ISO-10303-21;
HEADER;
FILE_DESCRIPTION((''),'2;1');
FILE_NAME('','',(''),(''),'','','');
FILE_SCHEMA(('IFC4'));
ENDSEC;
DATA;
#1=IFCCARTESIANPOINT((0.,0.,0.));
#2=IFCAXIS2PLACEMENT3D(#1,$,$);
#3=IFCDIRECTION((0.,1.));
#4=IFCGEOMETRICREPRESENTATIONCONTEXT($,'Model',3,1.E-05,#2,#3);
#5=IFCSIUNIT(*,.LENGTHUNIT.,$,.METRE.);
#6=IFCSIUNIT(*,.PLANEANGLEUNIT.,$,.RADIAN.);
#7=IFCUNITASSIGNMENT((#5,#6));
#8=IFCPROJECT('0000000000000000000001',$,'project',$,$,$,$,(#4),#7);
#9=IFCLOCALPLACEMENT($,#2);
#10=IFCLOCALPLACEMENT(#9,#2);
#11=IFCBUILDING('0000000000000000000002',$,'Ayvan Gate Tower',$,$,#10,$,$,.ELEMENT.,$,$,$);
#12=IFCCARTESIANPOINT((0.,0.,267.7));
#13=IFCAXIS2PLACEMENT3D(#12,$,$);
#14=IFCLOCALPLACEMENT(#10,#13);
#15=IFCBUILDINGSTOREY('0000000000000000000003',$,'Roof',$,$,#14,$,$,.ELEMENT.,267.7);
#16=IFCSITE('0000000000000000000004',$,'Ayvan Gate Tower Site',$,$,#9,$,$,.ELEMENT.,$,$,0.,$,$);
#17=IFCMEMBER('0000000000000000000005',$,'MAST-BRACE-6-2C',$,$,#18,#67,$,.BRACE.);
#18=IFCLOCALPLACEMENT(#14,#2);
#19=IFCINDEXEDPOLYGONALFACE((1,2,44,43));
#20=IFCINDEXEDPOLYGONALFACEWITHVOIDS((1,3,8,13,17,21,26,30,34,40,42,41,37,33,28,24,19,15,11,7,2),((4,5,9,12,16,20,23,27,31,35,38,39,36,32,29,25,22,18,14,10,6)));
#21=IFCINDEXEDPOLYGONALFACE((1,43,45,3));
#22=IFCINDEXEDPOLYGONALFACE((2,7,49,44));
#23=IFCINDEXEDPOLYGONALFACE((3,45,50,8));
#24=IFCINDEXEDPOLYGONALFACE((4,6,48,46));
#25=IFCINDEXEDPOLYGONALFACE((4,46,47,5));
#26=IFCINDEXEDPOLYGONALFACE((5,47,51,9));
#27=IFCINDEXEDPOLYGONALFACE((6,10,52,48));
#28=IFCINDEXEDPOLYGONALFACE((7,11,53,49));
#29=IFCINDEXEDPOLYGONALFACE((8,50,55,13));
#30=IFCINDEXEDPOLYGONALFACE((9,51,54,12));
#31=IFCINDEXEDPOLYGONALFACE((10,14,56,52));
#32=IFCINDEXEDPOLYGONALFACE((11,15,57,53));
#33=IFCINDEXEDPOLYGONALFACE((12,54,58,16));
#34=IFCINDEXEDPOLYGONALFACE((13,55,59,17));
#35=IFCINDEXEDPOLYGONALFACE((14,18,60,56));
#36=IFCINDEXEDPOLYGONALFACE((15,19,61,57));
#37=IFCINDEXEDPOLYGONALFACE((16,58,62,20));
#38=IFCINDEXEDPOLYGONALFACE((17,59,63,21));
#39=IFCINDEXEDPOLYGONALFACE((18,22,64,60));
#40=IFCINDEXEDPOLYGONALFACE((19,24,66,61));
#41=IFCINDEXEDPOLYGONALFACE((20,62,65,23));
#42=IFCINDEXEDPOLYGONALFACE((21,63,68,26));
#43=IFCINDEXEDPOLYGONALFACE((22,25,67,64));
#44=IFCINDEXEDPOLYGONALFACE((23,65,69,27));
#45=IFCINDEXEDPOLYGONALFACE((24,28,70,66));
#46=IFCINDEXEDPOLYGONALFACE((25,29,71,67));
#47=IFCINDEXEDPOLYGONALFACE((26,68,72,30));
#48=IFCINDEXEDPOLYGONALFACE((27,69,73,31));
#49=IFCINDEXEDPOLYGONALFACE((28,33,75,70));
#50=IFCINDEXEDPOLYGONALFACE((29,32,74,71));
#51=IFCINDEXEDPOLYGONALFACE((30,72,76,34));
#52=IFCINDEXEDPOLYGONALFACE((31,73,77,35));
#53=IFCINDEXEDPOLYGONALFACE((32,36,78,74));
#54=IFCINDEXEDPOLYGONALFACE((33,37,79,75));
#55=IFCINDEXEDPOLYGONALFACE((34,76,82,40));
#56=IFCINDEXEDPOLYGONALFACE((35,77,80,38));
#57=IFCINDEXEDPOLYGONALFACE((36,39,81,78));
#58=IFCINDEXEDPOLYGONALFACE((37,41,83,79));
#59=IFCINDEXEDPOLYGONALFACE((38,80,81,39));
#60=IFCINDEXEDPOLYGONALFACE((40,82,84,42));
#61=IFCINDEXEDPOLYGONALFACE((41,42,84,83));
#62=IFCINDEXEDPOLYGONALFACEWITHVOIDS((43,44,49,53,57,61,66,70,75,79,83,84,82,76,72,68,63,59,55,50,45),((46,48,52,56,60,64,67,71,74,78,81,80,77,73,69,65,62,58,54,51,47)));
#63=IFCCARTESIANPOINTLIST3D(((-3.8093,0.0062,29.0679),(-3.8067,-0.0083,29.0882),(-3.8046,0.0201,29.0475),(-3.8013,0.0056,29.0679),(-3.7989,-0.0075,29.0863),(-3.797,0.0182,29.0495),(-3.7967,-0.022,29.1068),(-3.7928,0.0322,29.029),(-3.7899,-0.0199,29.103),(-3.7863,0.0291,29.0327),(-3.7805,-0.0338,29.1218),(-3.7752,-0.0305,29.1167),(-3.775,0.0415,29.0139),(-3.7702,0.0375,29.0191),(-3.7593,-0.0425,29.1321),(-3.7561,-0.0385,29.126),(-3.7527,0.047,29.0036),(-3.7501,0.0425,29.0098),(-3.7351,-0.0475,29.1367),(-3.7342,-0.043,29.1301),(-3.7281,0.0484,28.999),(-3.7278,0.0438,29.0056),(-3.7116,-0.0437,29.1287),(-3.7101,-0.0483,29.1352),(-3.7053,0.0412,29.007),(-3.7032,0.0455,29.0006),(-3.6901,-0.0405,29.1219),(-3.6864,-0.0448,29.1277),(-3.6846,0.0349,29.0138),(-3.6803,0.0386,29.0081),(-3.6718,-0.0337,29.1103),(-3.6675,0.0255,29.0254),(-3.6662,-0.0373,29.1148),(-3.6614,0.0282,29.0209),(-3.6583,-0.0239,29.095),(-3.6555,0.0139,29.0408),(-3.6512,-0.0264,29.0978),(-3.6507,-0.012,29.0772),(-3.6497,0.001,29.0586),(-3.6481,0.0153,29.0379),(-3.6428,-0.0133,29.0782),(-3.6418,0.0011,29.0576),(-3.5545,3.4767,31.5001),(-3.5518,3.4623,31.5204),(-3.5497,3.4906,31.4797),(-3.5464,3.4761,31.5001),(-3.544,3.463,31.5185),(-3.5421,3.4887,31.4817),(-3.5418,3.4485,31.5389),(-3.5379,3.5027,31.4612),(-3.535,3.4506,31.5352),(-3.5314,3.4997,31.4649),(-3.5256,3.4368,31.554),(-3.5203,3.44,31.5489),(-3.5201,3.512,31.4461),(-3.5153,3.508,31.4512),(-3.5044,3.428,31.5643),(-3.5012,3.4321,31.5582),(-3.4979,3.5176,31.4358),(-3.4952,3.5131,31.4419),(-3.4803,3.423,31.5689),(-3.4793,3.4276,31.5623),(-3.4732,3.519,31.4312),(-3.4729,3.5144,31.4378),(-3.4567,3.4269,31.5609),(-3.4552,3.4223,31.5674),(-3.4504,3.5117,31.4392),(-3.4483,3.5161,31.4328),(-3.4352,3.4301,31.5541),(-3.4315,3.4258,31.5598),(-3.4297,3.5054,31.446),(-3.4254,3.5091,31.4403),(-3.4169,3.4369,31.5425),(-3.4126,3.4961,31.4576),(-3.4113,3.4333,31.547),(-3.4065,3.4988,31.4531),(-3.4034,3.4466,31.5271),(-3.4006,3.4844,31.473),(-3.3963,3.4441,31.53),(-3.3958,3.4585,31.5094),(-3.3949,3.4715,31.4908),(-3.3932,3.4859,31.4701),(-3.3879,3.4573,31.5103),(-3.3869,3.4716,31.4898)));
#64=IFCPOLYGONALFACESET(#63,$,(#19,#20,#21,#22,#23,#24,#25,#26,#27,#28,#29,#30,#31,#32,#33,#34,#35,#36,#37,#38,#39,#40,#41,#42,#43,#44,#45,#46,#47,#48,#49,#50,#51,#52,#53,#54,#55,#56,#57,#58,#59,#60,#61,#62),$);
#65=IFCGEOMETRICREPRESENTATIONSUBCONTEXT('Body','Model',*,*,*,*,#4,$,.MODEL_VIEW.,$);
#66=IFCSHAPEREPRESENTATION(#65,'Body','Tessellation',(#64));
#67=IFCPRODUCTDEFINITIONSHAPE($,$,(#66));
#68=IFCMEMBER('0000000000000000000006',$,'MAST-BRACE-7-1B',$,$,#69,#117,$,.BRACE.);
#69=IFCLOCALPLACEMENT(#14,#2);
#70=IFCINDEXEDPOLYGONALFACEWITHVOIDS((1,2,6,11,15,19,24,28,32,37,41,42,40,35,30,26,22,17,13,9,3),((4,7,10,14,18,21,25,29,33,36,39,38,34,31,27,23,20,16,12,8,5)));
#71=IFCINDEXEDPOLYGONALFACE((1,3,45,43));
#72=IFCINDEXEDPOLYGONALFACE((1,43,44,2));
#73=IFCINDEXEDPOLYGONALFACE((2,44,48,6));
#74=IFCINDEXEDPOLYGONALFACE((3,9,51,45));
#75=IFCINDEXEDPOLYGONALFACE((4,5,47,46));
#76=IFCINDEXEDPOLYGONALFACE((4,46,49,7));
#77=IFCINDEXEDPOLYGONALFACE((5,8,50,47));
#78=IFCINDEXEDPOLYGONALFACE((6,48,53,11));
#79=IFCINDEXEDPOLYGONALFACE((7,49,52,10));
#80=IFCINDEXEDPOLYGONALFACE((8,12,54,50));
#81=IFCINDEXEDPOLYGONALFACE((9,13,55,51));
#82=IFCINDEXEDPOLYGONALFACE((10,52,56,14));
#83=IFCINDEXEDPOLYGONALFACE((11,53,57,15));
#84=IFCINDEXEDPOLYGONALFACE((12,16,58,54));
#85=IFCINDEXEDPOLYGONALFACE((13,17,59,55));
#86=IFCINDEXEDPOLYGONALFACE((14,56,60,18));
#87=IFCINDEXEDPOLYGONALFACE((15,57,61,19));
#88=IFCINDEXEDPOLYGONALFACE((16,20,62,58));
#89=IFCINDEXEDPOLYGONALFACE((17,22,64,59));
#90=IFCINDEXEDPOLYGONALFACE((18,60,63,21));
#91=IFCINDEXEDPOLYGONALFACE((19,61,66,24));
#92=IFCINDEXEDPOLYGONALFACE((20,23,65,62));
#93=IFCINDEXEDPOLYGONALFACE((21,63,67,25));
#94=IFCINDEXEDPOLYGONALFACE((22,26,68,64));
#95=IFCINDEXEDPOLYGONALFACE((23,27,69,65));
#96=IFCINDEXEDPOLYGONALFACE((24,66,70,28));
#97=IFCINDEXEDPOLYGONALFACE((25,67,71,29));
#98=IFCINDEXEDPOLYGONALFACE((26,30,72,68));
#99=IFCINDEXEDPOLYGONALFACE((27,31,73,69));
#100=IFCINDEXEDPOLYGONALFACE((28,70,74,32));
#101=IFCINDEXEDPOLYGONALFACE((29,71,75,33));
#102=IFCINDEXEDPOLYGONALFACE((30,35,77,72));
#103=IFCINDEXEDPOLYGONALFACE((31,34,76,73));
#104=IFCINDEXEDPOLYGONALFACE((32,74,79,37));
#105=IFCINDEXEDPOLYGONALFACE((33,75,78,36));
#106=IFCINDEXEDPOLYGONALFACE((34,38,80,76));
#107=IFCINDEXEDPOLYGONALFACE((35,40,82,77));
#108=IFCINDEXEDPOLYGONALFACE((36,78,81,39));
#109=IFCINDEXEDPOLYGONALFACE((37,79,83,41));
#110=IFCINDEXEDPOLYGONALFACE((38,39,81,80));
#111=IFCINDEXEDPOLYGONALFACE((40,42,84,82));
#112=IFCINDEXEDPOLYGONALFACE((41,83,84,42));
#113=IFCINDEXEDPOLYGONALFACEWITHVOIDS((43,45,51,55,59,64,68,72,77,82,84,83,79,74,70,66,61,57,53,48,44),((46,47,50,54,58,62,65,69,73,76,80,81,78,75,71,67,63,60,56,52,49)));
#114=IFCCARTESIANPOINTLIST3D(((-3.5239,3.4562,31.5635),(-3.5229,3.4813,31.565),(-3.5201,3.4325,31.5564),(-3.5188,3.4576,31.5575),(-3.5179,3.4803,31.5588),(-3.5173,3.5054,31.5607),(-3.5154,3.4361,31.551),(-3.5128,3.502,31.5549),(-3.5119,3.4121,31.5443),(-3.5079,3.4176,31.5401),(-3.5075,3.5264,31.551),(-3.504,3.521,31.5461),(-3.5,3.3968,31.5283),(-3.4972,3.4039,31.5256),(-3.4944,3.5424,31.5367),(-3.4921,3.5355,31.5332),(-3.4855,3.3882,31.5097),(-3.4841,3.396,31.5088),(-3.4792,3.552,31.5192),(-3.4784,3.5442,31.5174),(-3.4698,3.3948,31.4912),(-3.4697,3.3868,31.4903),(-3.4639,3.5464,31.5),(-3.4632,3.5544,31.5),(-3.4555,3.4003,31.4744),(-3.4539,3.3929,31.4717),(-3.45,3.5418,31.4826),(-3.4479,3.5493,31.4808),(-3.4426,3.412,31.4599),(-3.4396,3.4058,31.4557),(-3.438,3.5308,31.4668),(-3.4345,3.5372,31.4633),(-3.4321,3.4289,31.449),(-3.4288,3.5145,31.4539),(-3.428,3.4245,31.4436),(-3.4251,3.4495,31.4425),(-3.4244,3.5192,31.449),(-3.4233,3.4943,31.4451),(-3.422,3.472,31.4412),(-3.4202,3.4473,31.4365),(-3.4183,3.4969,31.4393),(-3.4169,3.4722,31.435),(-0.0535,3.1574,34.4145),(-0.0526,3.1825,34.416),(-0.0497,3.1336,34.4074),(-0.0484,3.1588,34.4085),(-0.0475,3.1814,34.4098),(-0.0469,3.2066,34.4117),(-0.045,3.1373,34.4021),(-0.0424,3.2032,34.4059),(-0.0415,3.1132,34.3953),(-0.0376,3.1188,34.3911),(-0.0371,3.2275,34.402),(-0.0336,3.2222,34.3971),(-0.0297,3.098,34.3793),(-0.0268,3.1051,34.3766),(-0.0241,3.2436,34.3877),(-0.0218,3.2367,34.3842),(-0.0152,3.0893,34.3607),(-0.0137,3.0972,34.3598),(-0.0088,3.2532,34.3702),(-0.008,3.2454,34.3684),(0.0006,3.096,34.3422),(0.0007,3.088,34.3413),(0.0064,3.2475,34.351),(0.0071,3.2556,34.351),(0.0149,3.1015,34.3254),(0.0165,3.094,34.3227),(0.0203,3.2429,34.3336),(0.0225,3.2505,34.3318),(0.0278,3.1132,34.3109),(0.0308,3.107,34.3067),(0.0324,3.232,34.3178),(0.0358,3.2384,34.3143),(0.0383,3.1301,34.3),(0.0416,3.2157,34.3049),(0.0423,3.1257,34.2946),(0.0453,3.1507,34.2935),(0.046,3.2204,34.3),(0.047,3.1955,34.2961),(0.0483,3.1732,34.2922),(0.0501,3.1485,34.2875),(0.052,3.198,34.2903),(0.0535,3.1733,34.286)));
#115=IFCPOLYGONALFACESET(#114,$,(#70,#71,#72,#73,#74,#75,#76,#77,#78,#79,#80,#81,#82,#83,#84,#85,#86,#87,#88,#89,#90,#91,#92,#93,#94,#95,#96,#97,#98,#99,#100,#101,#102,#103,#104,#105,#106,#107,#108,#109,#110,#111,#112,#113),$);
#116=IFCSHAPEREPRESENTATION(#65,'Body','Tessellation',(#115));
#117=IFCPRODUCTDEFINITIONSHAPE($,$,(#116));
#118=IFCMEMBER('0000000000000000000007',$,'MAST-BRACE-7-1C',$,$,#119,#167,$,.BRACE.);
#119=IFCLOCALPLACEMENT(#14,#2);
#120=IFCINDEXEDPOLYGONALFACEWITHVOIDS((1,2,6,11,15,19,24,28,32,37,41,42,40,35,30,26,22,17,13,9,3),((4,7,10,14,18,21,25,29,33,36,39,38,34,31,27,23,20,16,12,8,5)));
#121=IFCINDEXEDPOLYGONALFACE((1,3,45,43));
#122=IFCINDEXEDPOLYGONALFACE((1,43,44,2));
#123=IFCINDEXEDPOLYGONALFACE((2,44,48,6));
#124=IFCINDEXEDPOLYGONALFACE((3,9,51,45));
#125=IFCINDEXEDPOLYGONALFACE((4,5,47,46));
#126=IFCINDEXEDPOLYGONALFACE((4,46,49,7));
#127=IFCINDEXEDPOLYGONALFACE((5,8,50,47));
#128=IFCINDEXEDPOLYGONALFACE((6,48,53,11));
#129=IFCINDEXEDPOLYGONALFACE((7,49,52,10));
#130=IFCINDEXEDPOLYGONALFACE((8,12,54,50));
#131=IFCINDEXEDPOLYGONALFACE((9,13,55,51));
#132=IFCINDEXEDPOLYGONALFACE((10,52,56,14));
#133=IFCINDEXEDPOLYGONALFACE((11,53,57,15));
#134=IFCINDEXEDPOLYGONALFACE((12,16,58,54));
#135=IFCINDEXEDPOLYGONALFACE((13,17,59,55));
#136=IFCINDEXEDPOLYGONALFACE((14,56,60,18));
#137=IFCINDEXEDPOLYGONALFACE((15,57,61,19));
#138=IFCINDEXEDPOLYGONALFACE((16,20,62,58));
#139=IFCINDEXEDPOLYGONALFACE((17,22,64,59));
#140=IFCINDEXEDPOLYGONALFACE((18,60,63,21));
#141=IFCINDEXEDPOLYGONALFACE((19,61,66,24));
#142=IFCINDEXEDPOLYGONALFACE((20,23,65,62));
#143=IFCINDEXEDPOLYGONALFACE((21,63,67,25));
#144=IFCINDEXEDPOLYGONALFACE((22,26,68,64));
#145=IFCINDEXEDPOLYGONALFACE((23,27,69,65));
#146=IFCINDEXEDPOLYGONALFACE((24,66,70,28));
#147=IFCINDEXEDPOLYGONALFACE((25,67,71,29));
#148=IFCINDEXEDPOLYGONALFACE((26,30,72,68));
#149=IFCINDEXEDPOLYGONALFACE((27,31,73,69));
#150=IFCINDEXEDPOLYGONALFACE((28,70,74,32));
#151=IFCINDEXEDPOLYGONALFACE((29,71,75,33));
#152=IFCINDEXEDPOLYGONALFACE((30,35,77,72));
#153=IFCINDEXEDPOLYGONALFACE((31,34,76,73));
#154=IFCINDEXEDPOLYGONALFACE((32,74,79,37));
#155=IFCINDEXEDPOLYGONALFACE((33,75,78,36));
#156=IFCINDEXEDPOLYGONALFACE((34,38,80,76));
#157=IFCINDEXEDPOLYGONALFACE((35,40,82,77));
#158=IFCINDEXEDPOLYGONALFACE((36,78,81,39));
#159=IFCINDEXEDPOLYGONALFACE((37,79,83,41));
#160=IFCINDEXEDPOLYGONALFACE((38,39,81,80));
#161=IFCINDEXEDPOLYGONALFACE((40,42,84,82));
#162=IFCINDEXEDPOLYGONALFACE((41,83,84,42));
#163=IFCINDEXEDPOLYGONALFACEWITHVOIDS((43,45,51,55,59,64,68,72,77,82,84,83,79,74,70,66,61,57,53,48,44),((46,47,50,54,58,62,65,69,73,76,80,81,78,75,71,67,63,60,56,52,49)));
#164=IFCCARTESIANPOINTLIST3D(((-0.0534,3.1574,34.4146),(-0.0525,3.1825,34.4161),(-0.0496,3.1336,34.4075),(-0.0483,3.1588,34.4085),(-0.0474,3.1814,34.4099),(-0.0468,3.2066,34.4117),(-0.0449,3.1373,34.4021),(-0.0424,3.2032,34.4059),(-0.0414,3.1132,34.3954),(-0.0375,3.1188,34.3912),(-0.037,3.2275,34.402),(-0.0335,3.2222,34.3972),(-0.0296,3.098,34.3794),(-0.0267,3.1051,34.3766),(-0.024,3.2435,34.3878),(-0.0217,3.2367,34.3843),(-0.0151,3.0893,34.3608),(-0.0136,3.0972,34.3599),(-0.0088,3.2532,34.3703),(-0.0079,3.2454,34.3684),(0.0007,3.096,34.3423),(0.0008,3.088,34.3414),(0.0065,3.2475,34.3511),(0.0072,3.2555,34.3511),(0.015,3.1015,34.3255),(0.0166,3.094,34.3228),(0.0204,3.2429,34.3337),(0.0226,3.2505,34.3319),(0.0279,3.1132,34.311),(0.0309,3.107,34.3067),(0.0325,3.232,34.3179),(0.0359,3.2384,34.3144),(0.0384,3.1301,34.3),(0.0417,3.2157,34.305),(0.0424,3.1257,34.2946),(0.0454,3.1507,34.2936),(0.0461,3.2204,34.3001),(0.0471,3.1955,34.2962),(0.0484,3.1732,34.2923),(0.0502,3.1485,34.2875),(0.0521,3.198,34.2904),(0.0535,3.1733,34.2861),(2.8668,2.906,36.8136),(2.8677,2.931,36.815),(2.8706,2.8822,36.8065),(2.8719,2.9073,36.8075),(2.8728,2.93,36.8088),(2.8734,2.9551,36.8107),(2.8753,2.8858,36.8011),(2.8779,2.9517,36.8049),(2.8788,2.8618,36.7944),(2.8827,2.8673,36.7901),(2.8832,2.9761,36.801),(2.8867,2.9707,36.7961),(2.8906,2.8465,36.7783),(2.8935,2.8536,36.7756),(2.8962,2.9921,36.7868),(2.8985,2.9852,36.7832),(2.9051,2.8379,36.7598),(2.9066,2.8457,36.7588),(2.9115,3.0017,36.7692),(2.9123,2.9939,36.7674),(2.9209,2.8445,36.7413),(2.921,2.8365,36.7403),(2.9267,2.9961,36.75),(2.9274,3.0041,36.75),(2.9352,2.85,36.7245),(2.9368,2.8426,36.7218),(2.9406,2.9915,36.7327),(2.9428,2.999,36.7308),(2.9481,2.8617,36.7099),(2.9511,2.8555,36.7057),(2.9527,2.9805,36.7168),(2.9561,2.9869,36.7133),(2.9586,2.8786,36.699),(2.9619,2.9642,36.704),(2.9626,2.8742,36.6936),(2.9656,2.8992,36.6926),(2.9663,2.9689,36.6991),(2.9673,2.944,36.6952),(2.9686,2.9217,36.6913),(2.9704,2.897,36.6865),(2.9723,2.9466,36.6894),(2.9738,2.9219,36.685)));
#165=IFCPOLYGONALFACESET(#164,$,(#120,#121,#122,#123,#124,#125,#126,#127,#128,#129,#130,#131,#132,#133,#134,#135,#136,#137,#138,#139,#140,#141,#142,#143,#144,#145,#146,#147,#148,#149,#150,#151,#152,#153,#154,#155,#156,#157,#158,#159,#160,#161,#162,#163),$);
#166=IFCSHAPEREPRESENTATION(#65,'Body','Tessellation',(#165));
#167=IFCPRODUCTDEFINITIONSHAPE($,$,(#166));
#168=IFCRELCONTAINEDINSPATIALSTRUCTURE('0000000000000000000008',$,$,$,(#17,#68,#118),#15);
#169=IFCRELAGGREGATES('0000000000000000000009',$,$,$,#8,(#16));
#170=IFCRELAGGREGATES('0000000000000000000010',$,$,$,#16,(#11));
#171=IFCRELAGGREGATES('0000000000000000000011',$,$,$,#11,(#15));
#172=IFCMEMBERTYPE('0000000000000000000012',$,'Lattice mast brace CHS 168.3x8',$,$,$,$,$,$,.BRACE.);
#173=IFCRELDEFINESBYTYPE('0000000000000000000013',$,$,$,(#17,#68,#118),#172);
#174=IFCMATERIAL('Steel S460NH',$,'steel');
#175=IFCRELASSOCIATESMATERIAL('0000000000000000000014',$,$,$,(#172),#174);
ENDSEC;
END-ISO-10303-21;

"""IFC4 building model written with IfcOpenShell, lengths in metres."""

from ifc_helpers import new_model, si_unit, direction, frame, origin, origin_2d, place, context, subcontext, project, spatial, hollow_circle, extrude, material, material_profile, profile_set, type_object, element, save


model = new_model("IFC4")

# Units and contexts
model_context = context("Model", 3, precision=1e-05, world=origin(), true_north=direction((0.0, 1.0)))
body_context = subcontext(model_context, "Body", "Model", "MODEL_VIEW")
ifc_project = project(units=[si_unit("LENGTHUNIT", "METRE"), si_unit("PLANEANGLEUNIT", "RADIAN")], contexts=[model_context])

# Site, building, storey
site_placement = place(None, origin())
site = spatial("IfcSite", under=ifc_project, at=site_placement, Name="Ayvan Gate Tower Site", CompositionType="ELEMENT", RefElevation=0.0)
building_placement = place(site_placement, origin())
building = spatial("IfcBuilding", under=site, at=building_placement, Name="Ayvan Gate Tower", CompositionType="ELEMENT")
storey_placement = place(building_placement, frame((0.0, 0.0, 267.7)))
storey = spatial("IfcBuildingStorey", under=building, at=storey_placement, Name="Roof", CompositionType="ELEMENT", Elevation=267.7)

# Members
ifc_material_1 = material(Name="Steel S460NH", Category="steel")
ifc_material_profile_1 = material_profile(ifc_material_1, hollow_circle(Radius=0.0842, WallThickness=0.0081, at=origin_2d()), Name="CHS 168.3x8")
ifc_profile_set_1 = profile_set([ifc_material_profile_1], Name="Steel S460NH")
member_type_1 = type_object("IfcMemberType", Name="Lattice mast brace CHS 168.3x8", PredefinedType="BRACE", material=ifc_profile_set_1)
member_1_placement = place(storey_placement, frame((-3.7253, 0.0, 29.0679), z_axis=(0.060036, 0.817443, 0.572872), x_axis=(-0.997314, 0.073246, 0.0)))
element("IfcMember", 1, at=member_1_placement, inside=storey, type_object=member_type_1, Name="MAST-BRACE-6-2C", PredefinedType="BRACE", context=body_context, shape_type="SweptSolid", body=[
    extrude(hollow_circle(Radius=0.0842, WallThickness=0.0081, at=origin_2d()), origin(), (0.0, 0.0, 1.0), 4.2456),
])
member_2_placement = place(storey_placement, frame((-3.4705, 3.4705, 31.5), z_axis=(0.770985, -0.066387, 0.633384), x_axis=(0.085789, 0.996313, 0.0)))
element("IfcMember", 2, at=member_2_placement, inside=storey, type_object=member_type_1, Name="MAST-BRACE-7-1B", PredefinedType="BRACE", context=body_context, shape_type="SweptSolid", body=[
    extrude(hollow_circle(Radius=0.0842, WallThickness=0.0081, at=origin_2d()), origin(), (0.0, 0.0, 1.0), 4.5012),
])
member_3_placement = place(storey_placement, frame((0.0, 3.1716, 34.3511), z_axis=(0.770993, -0.066393, 0.633373), x_axis=(0.085796, 0.996313, 0.0)))
element("IfcMember", 3, at=member_3_placement, inside=storey, type_object=member_type_1, Name="MAST-BRACE-7-1C", PredefinedType="BRACE", context=body_context, shape_type="SweptSolid", body=[
    extrude(hollow_circle(Radius=0.0842, WallThickness=0.0081, at=origin_2d()), origin(), (0.0, 0.0, 1.0), 3.7876),
])

save(model, "model.ifc")
